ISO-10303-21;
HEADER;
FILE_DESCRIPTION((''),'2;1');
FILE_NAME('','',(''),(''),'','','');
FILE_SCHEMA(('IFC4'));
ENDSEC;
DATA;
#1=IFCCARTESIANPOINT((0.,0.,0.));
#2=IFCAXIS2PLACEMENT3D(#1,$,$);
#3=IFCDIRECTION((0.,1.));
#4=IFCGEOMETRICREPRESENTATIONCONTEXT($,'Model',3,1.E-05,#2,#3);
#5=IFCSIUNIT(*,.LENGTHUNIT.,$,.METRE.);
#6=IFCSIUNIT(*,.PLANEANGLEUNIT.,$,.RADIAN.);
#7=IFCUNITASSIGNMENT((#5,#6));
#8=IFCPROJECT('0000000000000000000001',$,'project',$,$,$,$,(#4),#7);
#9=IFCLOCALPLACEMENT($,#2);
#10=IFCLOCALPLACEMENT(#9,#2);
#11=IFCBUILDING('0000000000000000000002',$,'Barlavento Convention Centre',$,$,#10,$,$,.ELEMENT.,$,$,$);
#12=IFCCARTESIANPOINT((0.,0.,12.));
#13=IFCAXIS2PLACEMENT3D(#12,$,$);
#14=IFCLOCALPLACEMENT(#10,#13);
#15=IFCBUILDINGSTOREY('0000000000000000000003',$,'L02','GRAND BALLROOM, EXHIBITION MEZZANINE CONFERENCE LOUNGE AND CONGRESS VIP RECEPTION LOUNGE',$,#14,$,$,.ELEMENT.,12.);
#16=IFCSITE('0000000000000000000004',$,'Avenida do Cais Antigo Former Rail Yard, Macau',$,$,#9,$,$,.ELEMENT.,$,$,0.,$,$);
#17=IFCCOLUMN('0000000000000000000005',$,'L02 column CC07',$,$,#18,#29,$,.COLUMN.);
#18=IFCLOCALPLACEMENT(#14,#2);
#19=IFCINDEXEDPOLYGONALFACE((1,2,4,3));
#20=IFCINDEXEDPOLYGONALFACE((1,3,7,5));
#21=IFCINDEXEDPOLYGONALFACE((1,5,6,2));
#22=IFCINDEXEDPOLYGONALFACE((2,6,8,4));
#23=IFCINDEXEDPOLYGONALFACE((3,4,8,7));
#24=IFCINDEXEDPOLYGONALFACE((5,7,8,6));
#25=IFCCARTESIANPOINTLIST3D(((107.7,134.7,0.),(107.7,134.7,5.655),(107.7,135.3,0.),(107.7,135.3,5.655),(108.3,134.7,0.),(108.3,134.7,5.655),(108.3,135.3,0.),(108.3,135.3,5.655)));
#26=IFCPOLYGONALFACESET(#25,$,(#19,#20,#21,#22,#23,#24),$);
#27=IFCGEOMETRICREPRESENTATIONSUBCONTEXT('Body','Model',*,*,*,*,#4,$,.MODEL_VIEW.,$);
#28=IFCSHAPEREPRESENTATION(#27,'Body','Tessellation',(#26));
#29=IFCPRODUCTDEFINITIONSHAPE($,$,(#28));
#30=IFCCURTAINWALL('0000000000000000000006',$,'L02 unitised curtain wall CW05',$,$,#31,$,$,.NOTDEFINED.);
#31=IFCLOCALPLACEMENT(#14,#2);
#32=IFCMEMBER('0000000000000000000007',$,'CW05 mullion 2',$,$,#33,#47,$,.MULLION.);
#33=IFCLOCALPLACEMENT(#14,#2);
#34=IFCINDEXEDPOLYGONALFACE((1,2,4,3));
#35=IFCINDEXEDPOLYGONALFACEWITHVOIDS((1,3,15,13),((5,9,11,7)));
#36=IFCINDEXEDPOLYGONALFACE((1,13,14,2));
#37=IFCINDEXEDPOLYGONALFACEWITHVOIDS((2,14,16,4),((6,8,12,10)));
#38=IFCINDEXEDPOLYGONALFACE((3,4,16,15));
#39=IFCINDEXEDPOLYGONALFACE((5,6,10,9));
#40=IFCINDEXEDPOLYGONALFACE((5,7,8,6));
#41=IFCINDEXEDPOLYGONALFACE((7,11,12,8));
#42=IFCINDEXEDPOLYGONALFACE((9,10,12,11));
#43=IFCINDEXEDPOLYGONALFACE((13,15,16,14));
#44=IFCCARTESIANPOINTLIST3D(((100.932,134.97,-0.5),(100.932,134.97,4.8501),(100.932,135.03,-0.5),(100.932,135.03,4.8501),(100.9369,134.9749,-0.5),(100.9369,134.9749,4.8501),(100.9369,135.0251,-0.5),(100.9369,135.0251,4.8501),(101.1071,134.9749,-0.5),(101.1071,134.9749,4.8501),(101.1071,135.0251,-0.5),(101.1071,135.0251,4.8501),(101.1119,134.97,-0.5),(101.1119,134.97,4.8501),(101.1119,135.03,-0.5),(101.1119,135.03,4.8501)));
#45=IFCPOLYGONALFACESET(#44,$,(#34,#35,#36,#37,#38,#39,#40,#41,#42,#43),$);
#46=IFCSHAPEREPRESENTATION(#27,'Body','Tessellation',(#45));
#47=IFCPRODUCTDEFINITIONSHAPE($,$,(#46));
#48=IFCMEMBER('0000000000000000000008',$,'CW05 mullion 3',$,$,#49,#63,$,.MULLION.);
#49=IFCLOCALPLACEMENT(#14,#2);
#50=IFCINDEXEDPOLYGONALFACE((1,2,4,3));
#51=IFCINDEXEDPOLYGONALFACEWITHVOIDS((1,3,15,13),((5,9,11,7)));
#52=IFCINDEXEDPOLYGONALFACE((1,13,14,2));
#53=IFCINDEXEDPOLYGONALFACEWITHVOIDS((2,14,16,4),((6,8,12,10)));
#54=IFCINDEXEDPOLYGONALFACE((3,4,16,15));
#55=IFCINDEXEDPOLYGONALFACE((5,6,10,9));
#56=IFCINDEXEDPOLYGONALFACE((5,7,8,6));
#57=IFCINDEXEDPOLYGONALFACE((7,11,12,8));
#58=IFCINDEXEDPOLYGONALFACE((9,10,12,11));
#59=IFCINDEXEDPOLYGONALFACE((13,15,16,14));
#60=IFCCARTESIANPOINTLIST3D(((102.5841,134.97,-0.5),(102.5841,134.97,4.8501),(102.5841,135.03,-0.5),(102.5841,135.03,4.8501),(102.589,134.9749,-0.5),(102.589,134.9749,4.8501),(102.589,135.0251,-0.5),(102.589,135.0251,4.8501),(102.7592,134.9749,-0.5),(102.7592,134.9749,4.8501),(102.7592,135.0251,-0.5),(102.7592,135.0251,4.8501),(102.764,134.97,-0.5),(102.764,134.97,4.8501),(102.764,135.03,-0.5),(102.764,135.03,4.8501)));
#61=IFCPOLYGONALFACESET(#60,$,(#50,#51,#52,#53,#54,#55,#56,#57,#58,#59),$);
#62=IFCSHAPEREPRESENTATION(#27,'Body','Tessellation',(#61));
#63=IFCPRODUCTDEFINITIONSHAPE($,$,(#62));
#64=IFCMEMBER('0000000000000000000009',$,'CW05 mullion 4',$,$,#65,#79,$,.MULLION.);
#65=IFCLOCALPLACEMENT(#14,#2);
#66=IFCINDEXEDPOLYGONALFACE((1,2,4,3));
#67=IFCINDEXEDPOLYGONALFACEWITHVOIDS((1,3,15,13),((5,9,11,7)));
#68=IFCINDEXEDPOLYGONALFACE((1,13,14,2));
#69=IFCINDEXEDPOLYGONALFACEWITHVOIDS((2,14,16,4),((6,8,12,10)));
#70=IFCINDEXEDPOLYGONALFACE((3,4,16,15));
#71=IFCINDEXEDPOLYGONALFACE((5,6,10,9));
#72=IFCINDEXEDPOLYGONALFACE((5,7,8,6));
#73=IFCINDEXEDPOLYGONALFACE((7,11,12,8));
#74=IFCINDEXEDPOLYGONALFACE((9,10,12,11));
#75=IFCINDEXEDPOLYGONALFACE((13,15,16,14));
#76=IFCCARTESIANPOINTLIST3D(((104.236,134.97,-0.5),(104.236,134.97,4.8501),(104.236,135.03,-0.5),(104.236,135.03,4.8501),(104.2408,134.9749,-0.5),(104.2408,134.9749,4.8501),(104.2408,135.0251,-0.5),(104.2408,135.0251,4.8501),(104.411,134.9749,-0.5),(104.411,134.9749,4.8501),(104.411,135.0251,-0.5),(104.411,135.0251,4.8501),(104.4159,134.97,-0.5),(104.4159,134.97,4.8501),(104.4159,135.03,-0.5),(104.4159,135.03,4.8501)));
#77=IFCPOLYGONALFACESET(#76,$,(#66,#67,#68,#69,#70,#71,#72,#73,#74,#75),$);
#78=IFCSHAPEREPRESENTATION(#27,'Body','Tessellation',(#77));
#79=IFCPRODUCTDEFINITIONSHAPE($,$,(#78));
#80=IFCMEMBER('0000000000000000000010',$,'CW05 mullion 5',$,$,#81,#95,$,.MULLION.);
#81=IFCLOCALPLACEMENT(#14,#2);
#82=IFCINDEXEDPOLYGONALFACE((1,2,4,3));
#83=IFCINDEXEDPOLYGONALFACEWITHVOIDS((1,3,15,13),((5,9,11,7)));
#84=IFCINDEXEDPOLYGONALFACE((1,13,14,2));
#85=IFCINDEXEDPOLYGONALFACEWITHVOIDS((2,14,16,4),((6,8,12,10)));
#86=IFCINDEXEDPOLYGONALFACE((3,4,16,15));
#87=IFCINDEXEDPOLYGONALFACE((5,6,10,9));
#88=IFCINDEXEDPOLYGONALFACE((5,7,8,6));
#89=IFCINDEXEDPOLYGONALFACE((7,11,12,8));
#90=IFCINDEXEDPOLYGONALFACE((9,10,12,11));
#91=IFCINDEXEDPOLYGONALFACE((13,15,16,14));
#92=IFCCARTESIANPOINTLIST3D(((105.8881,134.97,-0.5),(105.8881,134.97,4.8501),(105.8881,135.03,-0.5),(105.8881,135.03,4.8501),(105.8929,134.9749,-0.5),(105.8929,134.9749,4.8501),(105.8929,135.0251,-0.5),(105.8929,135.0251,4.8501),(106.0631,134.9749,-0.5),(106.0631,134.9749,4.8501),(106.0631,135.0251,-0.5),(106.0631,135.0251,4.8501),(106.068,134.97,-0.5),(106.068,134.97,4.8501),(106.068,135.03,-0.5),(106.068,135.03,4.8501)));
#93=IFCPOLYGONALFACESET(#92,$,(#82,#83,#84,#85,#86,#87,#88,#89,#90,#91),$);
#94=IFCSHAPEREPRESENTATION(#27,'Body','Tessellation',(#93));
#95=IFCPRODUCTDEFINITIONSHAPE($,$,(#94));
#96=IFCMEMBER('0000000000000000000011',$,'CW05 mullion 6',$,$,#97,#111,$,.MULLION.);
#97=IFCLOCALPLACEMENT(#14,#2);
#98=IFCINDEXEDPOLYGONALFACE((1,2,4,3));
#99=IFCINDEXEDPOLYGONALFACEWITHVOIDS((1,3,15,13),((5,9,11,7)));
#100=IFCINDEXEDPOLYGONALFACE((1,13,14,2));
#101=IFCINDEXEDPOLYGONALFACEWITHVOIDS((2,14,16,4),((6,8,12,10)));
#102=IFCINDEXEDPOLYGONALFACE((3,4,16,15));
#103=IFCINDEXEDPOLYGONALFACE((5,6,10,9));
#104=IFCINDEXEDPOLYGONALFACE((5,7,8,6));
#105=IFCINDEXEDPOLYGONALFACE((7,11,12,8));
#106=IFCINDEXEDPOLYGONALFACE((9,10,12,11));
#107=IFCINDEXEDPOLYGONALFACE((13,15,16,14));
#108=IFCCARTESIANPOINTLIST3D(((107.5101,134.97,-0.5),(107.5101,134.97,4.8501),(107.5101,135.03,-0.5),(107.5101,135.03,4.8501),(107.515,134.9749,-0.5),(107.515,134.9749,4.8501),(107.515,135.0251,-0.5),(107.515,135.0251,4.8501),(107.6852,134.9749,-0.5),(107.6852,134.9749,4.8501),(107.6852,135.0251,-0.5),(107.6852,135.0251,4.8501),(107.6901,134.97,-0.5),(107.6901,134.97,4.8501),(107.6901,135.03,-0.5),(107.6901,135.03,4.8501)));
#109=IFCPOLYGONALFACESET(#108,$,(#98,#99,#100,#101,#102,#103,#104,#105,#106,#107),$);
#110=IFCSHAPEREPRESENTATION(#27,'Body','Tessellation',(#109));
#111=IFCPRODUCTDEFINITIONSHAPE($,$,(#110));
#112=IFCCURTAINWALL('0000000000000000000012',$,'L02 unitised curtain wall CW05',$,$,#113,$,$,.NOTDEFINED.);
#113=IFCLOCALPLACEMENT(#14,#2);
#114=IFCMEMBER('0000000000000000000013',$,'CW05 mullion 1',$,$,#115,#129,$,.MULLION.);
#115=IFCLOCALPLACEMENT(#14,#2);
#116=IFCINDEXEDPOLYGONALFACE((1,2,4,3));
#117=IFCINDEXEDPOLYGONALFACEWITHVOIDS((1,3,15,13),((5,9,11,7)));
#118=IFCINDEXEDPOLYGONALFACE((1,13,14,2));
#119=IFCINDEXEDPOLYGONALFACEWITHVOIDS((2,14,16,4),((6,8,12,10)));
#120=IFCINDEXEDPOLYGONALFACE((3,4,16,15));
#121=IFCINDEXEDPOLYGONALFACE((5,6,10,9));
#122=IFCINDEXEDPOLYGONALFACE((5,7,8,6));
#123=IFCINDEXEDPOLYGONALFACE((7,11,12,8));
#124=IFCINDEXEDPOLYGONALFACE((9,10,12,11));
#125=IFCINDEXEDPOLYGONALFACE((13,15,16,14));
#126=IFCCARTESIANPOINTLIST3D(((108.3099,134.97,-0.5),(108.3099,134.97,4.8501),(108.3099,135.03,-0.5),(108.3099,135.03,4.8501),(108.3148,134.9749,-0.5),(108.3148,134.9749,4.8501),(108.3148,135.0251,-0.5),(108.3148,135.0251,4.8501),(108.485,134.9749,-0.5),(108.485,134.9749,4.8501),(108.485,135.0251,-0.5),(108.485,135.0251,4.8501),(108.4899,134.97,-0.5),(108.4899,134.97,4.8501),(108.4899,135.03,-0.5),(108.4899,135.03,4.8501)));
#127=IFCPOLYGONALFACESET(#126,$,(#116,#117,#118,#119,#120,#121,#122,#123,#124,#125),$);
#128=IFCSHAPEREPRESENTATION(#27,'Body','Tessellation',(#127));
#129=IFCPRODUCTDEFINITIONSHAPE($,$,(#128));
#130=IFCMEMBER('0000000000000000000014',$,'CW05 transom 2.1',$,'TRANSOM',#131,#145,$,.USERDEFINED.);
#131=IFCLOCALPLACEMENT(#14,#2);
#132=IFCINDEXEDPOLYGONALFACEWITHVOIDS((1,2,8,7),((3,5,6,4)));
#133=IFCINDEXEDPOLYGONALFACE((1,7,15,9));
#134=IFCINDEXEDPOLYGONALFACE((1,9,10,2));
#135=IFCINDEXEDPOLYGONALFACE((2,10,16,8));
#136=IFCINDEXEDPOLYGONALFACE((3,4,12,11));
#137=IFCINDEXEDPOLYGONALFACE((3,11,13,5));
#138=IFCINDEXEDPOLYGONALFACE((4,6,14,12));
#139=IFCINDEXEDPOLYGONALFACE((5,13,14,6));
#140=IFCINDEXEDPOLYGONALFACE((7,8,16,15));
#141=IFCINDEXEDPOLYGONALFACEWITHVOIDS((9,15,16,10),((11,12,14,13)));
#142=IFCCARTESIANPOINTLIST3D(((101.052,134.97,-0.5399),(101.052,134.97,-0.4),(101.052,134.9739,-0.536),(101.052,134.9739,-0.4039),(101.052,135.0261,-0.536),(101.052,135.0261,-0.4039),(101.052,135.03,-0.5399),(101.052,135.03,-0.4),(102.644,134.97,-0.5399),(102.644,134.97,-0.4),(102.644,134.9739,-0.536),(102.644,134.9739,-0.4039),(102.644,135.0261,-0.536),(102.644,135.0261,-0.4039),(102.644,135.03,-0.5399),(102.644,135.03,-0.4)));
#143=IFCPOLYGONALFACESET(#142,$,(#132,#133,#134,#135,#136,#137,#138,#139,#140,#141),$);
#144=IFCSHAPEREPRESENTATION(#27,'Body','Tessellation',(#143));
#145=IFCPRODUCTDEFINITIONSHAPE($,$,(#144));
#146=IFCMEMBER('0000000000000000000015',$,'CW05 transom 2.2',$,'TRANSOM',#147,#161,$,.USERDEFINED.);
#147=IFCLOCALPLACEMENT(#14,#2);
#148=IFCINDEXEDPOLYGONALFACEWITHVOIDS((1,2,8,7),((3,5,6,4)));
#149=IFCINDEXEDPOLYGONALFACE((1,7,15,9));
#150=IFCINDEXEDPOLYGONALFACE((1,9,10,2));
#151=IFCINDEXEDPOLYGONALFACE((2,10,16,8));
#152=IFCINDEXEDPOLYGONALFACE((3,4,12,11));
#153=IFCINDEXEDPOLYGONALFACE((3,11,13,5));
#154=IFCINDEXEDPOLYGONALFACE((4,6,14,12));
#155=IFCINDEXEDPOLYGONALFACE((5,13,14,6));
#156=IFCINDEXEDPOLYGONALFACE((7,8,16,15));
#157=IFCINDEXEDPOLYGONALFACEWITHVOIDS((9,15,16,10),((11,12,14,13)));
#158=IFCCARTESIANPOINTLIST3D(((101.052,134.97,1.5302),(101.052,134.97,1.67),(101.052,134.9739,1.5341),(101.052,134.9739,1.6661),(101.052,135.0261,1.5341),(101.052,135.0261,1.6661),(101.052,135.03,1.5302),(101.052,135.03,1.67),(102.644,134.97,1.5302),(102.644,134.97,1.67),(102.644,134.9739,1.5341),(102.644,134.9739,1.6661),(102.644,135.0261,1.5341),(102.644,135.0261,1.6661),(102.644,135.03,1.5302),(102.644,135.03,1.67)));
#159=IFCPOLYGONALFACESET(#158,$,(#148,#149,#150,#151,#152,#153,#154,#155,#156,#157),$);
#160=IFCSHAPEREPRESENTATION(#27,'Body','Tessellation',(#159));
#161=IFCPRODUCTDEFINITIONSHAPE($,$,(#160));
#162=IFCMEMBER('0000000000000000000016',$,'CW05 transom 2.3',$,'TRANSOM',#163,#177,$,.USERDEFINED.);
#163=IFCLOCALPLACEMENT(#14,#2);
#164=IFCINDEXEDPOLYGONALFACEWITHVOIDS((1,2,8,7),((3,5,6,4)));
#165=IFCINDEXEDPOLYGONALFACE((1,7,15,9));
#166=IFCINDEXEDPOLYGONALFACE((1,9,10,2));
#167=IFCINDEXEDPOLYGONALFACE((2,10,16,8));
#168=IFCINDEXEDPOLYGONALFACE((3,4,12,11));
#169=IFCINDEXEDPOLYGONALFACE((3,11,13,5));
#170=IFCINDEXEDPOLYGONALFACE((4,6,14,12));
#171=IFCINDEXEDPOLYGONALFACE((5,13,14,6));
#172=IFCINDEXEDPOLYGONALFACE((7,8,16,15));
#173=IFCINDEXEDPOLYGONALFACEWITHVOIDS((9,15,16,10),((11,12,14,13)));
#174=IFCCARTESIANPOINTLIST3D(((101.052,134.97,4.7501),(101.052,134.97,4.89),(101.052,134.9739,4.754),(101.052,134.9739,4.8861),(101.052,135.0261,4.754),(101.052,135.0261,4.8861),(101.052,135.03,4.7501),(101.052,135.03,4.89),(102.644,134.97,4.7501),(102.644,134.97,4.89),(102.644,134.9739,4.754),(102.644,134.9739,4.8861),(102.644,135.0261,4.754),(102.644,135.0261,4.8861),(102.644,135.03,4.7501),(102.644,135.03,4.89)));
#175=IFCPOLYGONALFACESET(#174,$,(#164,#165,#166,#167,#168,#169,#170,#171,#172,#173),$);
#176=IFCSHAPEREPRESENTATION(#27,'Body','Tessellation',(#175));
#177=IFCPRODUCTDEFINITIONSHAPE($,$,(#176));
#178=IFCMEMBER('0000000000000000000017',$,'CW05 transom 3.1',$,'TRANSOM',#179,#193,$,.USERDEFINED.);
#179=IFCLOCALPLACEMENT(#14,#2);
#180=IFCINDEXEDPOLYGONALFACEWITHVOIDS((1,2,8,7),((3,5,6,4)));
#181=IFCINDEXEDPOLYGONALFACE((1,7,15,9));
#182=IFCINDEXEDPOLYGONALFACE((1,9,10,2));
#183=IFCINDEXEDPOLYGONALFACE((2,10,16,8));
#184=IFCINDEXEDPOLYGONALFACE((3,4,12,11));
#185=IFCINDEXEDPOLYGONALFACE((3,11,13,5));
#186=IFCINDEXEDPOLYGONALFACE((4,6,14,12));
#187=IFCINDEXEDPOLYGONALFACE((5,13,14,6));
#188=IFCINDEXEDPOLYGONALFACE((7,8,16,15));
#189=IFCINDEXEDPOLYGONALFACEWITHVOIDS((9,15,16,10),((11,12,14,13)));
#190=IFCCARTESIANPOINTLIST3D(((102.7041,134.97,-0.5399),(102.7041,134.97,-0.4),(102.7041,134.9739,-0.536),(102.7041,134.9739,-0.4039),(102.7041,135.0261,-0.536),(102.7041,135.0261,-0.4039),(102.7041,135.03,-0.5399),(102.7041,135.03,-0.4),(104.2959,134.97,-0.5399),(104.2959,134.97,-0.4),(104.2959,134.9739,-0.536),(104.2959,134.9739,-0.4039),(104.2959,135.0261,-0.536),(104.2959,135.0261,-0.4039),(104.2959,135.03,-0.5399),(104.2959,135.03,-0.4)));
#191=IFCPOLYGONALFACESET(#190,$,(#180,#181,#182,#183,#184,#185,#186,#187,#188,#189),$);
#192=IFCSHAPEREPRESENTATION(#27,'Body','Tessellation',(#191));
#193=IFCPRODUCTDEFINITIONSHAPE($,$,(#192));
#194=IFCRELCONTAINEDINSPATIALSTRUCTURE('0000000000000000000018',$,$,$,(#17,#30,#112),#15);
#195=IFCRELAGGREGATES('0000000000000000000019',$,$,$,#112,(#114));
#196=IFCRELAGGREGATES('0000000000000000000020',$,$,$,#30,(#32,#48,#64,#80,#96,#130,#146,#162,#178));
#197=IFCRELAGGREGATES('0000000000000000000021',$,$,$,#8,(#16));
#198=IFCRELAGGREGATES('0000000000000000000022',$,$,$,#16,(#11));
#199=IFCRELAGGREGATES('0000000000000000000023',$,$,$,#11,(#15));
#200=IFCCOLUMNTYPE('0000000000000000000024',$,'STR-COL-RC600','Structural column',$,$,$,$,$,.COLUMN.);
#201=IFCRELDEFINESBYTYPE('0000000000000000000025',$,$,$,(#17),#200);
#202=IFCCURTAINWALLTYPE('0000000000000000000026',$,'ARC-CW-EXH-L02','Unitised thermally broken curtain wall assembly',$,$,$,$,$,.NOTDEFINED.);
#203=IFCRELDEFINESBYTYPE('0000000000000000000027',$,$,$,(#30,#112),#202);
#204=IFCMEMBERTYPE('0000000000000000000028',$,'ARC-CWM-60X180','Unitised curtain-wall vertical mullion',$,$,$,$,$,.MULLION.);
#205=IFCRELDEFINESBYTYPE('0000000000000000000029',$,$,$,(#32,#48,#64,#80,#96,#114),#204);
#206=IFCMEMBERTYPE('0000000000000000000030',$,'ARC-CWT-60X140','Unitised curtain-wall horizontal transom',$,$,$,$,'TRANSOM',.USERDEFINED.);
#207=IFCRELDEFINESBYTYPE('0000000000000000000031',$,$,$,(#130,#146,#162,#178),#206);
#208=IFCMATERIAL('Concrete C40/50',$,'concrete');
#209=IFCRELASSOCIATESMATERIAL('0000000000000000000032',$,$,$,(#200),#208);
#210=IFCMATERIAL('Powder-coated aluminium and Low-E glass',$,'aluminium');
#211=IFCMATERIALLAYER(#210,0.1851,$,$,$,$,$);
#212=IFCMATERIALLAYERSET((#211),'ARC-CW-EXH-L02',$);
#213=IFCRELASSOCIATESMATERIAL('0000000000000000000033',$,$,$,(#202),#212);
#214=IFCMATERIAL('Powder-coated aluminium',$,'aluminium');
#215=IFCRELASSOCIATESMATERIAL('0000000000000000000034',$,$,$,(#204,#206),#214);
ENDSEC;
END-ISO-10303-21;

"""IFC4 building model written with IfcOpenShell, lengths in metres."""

from ifc_helpers import new_model, si_unit, direction, frame, origin, origin_2d, place, context, subcontext, project, spatial, rectangle, hollow_rectangle, extrude, material, layer, layer_set, material_profile, profile_set, type_object, element, aggregate, save


model = new_model("IFC4")

# Units and contexts
model_context = context("Model", 3, precision=1e-05, world=origin(), true_north=direction((0.0, 1.0)))
body_context = subcontext(model_context, "Body", "Model", "MODEL_VIEW")
ifc_project = project(units=[si_unit("LENGTHUNIT", "METRE"), si_unit("PLANEANGLEUNIT", "RADIAN")], contexts=[model_context])

# Site, building, storey
site_placement = place(None, origin())
site = spatial("IfcSite", under=ifc_project, at=site_placement, Name="Avenida do Cais Antigo Former Rail Yard, Macau", CompositionType="ELEMENT", RefElevation=0.0)
building_placement = place(site_placement, origin())
building = spatial("IfcBuilding", under=site, at=building_placement, Name="Barlavento Convention Centre", CompositionType="ELEMENT")
storey_placement = place(building_placement, frame((0.0, 0.0, 12.0)))
storey = spatial("IfcBuildingStorey", under=building, at=storey_placement, Name="L02", Description="GRAND BALLROOM, EXHIBITION MEZZANINE CONFERENCE LOUNGE AND CONGRESS VIP RECEPTION LOUNGE", CompositionType="ELEMENT", Elevation=12.0)

# Column
ifc_material_1 = material(Name="Concrete C40/50", Category="concrete")
ifc_material_profile_1 = material_profile(ifc_material_1, rectangle(XDim=0.6001, YDim=0.6001, at=origin_2d()), Name="RC 600x600")
ifc_profile_set_1 = profile_set([ifc_material_profile_1], Name="Concrete C40/50")
column_type = type_object("IfcColumnType", Name="STR-COL-RC600", Description="Structural column", PredefinedType="COLUMN", material=ifc_profile_set_1)
column_placement = place(storey_placement, frame((108.0, 135.0, 0.0), z_axis=(0.0, 0.0, 1.0), x_axis=(1.0, 0.0, 0.0)))
element("IfcColumn", 1, at=column_placement, inside=storey, type_object=column_type, Name="L02 column CC07", PredefinedType="COLUMN", context=body_context, shape_type="SweptSolid", body=[
    extrude(rectangle(XDim=0.6001, YDim=0.6001, at=origin_2d()), origin(), (0.0, 0.0, 1.0), 5.655),
])

# Curtain wall, members
ifc_material_2 = material(Name="Powder-coated aluminium and Low-E glass", Category="aluminium")
ifc_layer_1 = layer(ifc_material_2, 0.1851)
ifc_layer_set_1 = layer_set([ifc_layer_1], Name="ARC-CW-EXH-L02")
curtain_wall_type = type_object("IfcCurtainWallType", Name="ARC-CW-EXH-L02", Description="Unitised thermally broken curtain wall assembly", PredefinedType="NOTDEFINED", material=ifc_layer_set_1)
curtain_wall_1_placement = place(storey_placement, origin())
curtain_wall_1 = element("IfcCurtainWall", 2, at=curtain_wall_1_placement, inside=storey, type_object=curtain_wall_type, Name="L02 unitised curtain wall CW05", PredefinedType="NOTDEFINED")
ifc_material_3 = material(Name="Powder-coated aluminium", Category="aluminium")
ifc_material_profile_2 = material_profile(ifc_material_3, hollow_rectangle(XDim=0.0601, YDim=0.1799, WallThickness=0.0049, at=origin_2d()), Name="AL-MULL 60x180x5")
ifc_profile_set_2 = profile_set([ifc_material_profile_2], Name="Powder-coated aluminium")
member_type_1 = type_object("IfcMemberType", Name="ARC-CWM-60X180", Description="Unitised curtain-wall vertical mullion", PredefinedType="MULLION", material=ifc_profile_set_2)
member_1_placement = place(storey_placement, frame((101.022, 135.0, -0.5), z_axis=(0.0, 0.0, 1.0), x_axis=(0.0, 1.0, 0.0)))
member_1 = element("IfcMember", 3, at=member_1_placement, type_object=member_type_1, Name="CW05 mullion 2", PredefinedType="MULLION", context=body_context, shape_type="SweptSolid", body=[
    extrude(hollow_rectangle(XDim=0.0601, YDim=0.1799, WallThickness=0.0049, at=origin_2d()), origin(), (0.0, 0.0, 1.0), 5.3501),
])
member_2_placement = place(storey_placement, frame((102.6741, 135.0, -0.5), z_axis=(0.0, 0.0, 1.0), x_axis=(0.0, 1.0, 0.0)))
member_2 = element("IfcMember", 4, at=member_2_placement, type_object=member_type_1, Name="CW05 mullion 3", PredefinedType="MULLION", context=body_context, shape_type="SweptSolid", body=[
    extrude(hollow_rectangle(XDim=0.0601, YDim=0.1799, WallThickness=0.0049, at=origin_2d()), origin(), (0.0, 0.0, 1.0), 5.3501),
])
member_3_placement = place(storey_placement, frame((104.3259, 135.0, -0.5), z_axis=(0.0, 0.0, 1.0), x_axis=(0.0, 1.0, 0.0)))
member_3 = element("IfcMember", 5, at=member_3_placement, type_object=member_type_1, Name="CW05 mullion 4", PredefinedType="MULLION", context=body_context, shape_type="SweptSolid", body=[
    extrude(hollow_rectangle(XDim=0.0601, YDim=0.1799, WallThickness=0.0049, at=origin_2d()), origin(), (0.0, 0.0, 1.0), 5.3501),
])
member_4_placement = place(storey_placement, frame((105.978, 135.0, -0.5), z_axis=(0.0, 0.0, 1.0), x_axis=(0.0, 1.0, 0.0)))
member_4 = element("IfcMember", 6, at=member_4_placement, type_object=member_type_1, Name="CW05 mullion 5", PredefinedType="MULLION", context=body_context, shape_type="SweptSolid", body=[
    extrude(hollow_rectangle(XDim=0.0601, YDim=0.1799, WallThickness=0.0049, at=origin_2d()), origin(), (0.0, 0.0, 1.0), 5.3501),
])
member_5_placement = place(storey_placement, frame((107.6001, 135.0, -0.5), z_axis=(0.0, 0.0, 1.0), x_axis=(0.0, 1.0, 0.0)))
member_5 = element("IfcMember", 7, at=member_5_placement, type_object=member_type_1, Name="CW05 mullion 6", PredefinedType="MULLION", context=body_context, shape_type="SweptSolid", body=[
    extrude(hollow_rectangle(XDim=0.0601, YDim=0.1799, WallThickness=0.0049, at=origin_2d()), origin(), (0.0, 0.0, 1.0), 5.3501),
])

# Curtain wall, member
curtain_wall_2_placement = place(storey_placement, origin())
curtain_wall_2 = element("IfcCurtainWall", 8, at=curtain_wall_2_placement, inside=storey, type_object=curtain_wall_type, Name="L02 unitised curtain wall CW05", PredefinedType="NOTDEFINED")
member_6_placement = place(storey_placement, frame((108.3999, 135.0, -0.5), z_axis=(0.0, 0.0, 1.0), x_axis=(0.0, 1.0, 0.0)))
member_6 = element("IfcMember", 9, at=member_6_placement, type_object=member_type_1, Name="CW05 mullion 1", PredefinedType="MULLION", context=body_context, shape_type="SweptSolid", body=[
    extrude(hollow_rectangle(XDim=0.0601, YDim=0.1799, WallThickness=0.0049, at=origin_2d()), origin(), (0.0, 0.0, 1.0), 5.3501),
])

# Members
ifc_material_profile_3 = material_profile(ifc_material_3, hollow_rectangle(XDim=0.0601, YDim=0.1399, WallThickness=0.0039, at=origin_2d()), Name="AL-TRAN 60x140x4")
ifc_profile_set_3 = profile_set([ifc_material_profile_3], Name="Powder-coated aluminium")
member_type_2 = type_object("IfcMemberType", Name="ARC-CWT-60X140", Description="Unitised curtain-wall horizontal transom", ElementType="TRANSOM", PredefinedType="USERDEFINED", material=ifc_profile_set_3)
member_7_placement = place(storey_placement, frame((101.052, 135.0, -0.47), z_axis=(1.0, 0.0, 0.0), x_axis=(0.0, 1.0, 0.0)))
member_7 = element("IfcMember", 10, at=member_7_placement, type_object=member_type_2, Name="CW05 transom 2.1", ObjectType="TRANSOM", PredefinedType="USERDEFINED", context=body_context, shape_type="SweptSolid", body=[
    extrude(hollow_rectangle(XDim=0.0601, YDim=0.1399, WallThickness=0.0039, at=origin_2d()), origin(), (0.0, 0.0, 1.0), 1.592),
])
member_8_placement = place(storey_placement, frame((101.052, 135.0, 1.6001), z_axis=(1.0, 0.0, 0.0), x_axis=(0.0, 1.0, 0.0)))
member_8 = element("IfcMember", 11, at=member_8_placement, type_object=member_type_2, Name="CW05 transom 2.2", ObjectType="TRANSOM", PredefinedType="USERDEFINED", context=body_context, shape_type="SweptSolid", body=[
    extrude(hollow_rectangle(XDim=0.0601, YDim=0.1399, WallThickness=0.0039, at=origin_2d()), origin(), (0.0, 0.0, 1.0), 1.592),
])
member_9_placement = place(storey_placement, frame((101.052, 135.0, 4.8201), z_axis=(1.0, 0.0, 0.0), x_axis=(0.0, 1.0, 0.0)))
member_9 = element("IfcMember", 12, at=member_9_placement, type_object=member_type_2, Name="CW05 transom 2.3", ObjectType="TRANSOM", PredefinedType="USERDEFINED", context=body_context, shape_type="SweptSolid", body=[
    extrude(hollow_rectangle(XDim=0.0601, YDim=0.1399, WallThickness=0.0039, at=origin_2d()), origin(), (0.0, 0.0, 1.0), 1.592),
])
member_10_placement = place(storey_placement, frame((102.7041, 135.0, -0.47), z_axis=(1.0, 0.0, 0.0), x_axis=(0.0, 1.0, 0.0)))
member_10 = element("IfcMember", 13, at=member_10_placement, type_object=member_type_2, Name="CW05 transom 3.1", ObjectType="TRANSOM", PredefinedType="USERDEFINED", context=body_context, shape_type="SweptSolid", body=[
    extrude(hollow_rectangle(XDim=0.0601, YDim=0.1399, WallThickness=0.0039, at=origin_2d()), origin(), (0.0, 0.0, 1.0), 1.5918),
])
aggregate(curtain_wall_2, [member_6])

aggregate(curtain_wall_1, [member_1, member_2, member_3, member_4, member_5, member_7, member_8, member_9, member_10])

save(model, "model.ifc")
